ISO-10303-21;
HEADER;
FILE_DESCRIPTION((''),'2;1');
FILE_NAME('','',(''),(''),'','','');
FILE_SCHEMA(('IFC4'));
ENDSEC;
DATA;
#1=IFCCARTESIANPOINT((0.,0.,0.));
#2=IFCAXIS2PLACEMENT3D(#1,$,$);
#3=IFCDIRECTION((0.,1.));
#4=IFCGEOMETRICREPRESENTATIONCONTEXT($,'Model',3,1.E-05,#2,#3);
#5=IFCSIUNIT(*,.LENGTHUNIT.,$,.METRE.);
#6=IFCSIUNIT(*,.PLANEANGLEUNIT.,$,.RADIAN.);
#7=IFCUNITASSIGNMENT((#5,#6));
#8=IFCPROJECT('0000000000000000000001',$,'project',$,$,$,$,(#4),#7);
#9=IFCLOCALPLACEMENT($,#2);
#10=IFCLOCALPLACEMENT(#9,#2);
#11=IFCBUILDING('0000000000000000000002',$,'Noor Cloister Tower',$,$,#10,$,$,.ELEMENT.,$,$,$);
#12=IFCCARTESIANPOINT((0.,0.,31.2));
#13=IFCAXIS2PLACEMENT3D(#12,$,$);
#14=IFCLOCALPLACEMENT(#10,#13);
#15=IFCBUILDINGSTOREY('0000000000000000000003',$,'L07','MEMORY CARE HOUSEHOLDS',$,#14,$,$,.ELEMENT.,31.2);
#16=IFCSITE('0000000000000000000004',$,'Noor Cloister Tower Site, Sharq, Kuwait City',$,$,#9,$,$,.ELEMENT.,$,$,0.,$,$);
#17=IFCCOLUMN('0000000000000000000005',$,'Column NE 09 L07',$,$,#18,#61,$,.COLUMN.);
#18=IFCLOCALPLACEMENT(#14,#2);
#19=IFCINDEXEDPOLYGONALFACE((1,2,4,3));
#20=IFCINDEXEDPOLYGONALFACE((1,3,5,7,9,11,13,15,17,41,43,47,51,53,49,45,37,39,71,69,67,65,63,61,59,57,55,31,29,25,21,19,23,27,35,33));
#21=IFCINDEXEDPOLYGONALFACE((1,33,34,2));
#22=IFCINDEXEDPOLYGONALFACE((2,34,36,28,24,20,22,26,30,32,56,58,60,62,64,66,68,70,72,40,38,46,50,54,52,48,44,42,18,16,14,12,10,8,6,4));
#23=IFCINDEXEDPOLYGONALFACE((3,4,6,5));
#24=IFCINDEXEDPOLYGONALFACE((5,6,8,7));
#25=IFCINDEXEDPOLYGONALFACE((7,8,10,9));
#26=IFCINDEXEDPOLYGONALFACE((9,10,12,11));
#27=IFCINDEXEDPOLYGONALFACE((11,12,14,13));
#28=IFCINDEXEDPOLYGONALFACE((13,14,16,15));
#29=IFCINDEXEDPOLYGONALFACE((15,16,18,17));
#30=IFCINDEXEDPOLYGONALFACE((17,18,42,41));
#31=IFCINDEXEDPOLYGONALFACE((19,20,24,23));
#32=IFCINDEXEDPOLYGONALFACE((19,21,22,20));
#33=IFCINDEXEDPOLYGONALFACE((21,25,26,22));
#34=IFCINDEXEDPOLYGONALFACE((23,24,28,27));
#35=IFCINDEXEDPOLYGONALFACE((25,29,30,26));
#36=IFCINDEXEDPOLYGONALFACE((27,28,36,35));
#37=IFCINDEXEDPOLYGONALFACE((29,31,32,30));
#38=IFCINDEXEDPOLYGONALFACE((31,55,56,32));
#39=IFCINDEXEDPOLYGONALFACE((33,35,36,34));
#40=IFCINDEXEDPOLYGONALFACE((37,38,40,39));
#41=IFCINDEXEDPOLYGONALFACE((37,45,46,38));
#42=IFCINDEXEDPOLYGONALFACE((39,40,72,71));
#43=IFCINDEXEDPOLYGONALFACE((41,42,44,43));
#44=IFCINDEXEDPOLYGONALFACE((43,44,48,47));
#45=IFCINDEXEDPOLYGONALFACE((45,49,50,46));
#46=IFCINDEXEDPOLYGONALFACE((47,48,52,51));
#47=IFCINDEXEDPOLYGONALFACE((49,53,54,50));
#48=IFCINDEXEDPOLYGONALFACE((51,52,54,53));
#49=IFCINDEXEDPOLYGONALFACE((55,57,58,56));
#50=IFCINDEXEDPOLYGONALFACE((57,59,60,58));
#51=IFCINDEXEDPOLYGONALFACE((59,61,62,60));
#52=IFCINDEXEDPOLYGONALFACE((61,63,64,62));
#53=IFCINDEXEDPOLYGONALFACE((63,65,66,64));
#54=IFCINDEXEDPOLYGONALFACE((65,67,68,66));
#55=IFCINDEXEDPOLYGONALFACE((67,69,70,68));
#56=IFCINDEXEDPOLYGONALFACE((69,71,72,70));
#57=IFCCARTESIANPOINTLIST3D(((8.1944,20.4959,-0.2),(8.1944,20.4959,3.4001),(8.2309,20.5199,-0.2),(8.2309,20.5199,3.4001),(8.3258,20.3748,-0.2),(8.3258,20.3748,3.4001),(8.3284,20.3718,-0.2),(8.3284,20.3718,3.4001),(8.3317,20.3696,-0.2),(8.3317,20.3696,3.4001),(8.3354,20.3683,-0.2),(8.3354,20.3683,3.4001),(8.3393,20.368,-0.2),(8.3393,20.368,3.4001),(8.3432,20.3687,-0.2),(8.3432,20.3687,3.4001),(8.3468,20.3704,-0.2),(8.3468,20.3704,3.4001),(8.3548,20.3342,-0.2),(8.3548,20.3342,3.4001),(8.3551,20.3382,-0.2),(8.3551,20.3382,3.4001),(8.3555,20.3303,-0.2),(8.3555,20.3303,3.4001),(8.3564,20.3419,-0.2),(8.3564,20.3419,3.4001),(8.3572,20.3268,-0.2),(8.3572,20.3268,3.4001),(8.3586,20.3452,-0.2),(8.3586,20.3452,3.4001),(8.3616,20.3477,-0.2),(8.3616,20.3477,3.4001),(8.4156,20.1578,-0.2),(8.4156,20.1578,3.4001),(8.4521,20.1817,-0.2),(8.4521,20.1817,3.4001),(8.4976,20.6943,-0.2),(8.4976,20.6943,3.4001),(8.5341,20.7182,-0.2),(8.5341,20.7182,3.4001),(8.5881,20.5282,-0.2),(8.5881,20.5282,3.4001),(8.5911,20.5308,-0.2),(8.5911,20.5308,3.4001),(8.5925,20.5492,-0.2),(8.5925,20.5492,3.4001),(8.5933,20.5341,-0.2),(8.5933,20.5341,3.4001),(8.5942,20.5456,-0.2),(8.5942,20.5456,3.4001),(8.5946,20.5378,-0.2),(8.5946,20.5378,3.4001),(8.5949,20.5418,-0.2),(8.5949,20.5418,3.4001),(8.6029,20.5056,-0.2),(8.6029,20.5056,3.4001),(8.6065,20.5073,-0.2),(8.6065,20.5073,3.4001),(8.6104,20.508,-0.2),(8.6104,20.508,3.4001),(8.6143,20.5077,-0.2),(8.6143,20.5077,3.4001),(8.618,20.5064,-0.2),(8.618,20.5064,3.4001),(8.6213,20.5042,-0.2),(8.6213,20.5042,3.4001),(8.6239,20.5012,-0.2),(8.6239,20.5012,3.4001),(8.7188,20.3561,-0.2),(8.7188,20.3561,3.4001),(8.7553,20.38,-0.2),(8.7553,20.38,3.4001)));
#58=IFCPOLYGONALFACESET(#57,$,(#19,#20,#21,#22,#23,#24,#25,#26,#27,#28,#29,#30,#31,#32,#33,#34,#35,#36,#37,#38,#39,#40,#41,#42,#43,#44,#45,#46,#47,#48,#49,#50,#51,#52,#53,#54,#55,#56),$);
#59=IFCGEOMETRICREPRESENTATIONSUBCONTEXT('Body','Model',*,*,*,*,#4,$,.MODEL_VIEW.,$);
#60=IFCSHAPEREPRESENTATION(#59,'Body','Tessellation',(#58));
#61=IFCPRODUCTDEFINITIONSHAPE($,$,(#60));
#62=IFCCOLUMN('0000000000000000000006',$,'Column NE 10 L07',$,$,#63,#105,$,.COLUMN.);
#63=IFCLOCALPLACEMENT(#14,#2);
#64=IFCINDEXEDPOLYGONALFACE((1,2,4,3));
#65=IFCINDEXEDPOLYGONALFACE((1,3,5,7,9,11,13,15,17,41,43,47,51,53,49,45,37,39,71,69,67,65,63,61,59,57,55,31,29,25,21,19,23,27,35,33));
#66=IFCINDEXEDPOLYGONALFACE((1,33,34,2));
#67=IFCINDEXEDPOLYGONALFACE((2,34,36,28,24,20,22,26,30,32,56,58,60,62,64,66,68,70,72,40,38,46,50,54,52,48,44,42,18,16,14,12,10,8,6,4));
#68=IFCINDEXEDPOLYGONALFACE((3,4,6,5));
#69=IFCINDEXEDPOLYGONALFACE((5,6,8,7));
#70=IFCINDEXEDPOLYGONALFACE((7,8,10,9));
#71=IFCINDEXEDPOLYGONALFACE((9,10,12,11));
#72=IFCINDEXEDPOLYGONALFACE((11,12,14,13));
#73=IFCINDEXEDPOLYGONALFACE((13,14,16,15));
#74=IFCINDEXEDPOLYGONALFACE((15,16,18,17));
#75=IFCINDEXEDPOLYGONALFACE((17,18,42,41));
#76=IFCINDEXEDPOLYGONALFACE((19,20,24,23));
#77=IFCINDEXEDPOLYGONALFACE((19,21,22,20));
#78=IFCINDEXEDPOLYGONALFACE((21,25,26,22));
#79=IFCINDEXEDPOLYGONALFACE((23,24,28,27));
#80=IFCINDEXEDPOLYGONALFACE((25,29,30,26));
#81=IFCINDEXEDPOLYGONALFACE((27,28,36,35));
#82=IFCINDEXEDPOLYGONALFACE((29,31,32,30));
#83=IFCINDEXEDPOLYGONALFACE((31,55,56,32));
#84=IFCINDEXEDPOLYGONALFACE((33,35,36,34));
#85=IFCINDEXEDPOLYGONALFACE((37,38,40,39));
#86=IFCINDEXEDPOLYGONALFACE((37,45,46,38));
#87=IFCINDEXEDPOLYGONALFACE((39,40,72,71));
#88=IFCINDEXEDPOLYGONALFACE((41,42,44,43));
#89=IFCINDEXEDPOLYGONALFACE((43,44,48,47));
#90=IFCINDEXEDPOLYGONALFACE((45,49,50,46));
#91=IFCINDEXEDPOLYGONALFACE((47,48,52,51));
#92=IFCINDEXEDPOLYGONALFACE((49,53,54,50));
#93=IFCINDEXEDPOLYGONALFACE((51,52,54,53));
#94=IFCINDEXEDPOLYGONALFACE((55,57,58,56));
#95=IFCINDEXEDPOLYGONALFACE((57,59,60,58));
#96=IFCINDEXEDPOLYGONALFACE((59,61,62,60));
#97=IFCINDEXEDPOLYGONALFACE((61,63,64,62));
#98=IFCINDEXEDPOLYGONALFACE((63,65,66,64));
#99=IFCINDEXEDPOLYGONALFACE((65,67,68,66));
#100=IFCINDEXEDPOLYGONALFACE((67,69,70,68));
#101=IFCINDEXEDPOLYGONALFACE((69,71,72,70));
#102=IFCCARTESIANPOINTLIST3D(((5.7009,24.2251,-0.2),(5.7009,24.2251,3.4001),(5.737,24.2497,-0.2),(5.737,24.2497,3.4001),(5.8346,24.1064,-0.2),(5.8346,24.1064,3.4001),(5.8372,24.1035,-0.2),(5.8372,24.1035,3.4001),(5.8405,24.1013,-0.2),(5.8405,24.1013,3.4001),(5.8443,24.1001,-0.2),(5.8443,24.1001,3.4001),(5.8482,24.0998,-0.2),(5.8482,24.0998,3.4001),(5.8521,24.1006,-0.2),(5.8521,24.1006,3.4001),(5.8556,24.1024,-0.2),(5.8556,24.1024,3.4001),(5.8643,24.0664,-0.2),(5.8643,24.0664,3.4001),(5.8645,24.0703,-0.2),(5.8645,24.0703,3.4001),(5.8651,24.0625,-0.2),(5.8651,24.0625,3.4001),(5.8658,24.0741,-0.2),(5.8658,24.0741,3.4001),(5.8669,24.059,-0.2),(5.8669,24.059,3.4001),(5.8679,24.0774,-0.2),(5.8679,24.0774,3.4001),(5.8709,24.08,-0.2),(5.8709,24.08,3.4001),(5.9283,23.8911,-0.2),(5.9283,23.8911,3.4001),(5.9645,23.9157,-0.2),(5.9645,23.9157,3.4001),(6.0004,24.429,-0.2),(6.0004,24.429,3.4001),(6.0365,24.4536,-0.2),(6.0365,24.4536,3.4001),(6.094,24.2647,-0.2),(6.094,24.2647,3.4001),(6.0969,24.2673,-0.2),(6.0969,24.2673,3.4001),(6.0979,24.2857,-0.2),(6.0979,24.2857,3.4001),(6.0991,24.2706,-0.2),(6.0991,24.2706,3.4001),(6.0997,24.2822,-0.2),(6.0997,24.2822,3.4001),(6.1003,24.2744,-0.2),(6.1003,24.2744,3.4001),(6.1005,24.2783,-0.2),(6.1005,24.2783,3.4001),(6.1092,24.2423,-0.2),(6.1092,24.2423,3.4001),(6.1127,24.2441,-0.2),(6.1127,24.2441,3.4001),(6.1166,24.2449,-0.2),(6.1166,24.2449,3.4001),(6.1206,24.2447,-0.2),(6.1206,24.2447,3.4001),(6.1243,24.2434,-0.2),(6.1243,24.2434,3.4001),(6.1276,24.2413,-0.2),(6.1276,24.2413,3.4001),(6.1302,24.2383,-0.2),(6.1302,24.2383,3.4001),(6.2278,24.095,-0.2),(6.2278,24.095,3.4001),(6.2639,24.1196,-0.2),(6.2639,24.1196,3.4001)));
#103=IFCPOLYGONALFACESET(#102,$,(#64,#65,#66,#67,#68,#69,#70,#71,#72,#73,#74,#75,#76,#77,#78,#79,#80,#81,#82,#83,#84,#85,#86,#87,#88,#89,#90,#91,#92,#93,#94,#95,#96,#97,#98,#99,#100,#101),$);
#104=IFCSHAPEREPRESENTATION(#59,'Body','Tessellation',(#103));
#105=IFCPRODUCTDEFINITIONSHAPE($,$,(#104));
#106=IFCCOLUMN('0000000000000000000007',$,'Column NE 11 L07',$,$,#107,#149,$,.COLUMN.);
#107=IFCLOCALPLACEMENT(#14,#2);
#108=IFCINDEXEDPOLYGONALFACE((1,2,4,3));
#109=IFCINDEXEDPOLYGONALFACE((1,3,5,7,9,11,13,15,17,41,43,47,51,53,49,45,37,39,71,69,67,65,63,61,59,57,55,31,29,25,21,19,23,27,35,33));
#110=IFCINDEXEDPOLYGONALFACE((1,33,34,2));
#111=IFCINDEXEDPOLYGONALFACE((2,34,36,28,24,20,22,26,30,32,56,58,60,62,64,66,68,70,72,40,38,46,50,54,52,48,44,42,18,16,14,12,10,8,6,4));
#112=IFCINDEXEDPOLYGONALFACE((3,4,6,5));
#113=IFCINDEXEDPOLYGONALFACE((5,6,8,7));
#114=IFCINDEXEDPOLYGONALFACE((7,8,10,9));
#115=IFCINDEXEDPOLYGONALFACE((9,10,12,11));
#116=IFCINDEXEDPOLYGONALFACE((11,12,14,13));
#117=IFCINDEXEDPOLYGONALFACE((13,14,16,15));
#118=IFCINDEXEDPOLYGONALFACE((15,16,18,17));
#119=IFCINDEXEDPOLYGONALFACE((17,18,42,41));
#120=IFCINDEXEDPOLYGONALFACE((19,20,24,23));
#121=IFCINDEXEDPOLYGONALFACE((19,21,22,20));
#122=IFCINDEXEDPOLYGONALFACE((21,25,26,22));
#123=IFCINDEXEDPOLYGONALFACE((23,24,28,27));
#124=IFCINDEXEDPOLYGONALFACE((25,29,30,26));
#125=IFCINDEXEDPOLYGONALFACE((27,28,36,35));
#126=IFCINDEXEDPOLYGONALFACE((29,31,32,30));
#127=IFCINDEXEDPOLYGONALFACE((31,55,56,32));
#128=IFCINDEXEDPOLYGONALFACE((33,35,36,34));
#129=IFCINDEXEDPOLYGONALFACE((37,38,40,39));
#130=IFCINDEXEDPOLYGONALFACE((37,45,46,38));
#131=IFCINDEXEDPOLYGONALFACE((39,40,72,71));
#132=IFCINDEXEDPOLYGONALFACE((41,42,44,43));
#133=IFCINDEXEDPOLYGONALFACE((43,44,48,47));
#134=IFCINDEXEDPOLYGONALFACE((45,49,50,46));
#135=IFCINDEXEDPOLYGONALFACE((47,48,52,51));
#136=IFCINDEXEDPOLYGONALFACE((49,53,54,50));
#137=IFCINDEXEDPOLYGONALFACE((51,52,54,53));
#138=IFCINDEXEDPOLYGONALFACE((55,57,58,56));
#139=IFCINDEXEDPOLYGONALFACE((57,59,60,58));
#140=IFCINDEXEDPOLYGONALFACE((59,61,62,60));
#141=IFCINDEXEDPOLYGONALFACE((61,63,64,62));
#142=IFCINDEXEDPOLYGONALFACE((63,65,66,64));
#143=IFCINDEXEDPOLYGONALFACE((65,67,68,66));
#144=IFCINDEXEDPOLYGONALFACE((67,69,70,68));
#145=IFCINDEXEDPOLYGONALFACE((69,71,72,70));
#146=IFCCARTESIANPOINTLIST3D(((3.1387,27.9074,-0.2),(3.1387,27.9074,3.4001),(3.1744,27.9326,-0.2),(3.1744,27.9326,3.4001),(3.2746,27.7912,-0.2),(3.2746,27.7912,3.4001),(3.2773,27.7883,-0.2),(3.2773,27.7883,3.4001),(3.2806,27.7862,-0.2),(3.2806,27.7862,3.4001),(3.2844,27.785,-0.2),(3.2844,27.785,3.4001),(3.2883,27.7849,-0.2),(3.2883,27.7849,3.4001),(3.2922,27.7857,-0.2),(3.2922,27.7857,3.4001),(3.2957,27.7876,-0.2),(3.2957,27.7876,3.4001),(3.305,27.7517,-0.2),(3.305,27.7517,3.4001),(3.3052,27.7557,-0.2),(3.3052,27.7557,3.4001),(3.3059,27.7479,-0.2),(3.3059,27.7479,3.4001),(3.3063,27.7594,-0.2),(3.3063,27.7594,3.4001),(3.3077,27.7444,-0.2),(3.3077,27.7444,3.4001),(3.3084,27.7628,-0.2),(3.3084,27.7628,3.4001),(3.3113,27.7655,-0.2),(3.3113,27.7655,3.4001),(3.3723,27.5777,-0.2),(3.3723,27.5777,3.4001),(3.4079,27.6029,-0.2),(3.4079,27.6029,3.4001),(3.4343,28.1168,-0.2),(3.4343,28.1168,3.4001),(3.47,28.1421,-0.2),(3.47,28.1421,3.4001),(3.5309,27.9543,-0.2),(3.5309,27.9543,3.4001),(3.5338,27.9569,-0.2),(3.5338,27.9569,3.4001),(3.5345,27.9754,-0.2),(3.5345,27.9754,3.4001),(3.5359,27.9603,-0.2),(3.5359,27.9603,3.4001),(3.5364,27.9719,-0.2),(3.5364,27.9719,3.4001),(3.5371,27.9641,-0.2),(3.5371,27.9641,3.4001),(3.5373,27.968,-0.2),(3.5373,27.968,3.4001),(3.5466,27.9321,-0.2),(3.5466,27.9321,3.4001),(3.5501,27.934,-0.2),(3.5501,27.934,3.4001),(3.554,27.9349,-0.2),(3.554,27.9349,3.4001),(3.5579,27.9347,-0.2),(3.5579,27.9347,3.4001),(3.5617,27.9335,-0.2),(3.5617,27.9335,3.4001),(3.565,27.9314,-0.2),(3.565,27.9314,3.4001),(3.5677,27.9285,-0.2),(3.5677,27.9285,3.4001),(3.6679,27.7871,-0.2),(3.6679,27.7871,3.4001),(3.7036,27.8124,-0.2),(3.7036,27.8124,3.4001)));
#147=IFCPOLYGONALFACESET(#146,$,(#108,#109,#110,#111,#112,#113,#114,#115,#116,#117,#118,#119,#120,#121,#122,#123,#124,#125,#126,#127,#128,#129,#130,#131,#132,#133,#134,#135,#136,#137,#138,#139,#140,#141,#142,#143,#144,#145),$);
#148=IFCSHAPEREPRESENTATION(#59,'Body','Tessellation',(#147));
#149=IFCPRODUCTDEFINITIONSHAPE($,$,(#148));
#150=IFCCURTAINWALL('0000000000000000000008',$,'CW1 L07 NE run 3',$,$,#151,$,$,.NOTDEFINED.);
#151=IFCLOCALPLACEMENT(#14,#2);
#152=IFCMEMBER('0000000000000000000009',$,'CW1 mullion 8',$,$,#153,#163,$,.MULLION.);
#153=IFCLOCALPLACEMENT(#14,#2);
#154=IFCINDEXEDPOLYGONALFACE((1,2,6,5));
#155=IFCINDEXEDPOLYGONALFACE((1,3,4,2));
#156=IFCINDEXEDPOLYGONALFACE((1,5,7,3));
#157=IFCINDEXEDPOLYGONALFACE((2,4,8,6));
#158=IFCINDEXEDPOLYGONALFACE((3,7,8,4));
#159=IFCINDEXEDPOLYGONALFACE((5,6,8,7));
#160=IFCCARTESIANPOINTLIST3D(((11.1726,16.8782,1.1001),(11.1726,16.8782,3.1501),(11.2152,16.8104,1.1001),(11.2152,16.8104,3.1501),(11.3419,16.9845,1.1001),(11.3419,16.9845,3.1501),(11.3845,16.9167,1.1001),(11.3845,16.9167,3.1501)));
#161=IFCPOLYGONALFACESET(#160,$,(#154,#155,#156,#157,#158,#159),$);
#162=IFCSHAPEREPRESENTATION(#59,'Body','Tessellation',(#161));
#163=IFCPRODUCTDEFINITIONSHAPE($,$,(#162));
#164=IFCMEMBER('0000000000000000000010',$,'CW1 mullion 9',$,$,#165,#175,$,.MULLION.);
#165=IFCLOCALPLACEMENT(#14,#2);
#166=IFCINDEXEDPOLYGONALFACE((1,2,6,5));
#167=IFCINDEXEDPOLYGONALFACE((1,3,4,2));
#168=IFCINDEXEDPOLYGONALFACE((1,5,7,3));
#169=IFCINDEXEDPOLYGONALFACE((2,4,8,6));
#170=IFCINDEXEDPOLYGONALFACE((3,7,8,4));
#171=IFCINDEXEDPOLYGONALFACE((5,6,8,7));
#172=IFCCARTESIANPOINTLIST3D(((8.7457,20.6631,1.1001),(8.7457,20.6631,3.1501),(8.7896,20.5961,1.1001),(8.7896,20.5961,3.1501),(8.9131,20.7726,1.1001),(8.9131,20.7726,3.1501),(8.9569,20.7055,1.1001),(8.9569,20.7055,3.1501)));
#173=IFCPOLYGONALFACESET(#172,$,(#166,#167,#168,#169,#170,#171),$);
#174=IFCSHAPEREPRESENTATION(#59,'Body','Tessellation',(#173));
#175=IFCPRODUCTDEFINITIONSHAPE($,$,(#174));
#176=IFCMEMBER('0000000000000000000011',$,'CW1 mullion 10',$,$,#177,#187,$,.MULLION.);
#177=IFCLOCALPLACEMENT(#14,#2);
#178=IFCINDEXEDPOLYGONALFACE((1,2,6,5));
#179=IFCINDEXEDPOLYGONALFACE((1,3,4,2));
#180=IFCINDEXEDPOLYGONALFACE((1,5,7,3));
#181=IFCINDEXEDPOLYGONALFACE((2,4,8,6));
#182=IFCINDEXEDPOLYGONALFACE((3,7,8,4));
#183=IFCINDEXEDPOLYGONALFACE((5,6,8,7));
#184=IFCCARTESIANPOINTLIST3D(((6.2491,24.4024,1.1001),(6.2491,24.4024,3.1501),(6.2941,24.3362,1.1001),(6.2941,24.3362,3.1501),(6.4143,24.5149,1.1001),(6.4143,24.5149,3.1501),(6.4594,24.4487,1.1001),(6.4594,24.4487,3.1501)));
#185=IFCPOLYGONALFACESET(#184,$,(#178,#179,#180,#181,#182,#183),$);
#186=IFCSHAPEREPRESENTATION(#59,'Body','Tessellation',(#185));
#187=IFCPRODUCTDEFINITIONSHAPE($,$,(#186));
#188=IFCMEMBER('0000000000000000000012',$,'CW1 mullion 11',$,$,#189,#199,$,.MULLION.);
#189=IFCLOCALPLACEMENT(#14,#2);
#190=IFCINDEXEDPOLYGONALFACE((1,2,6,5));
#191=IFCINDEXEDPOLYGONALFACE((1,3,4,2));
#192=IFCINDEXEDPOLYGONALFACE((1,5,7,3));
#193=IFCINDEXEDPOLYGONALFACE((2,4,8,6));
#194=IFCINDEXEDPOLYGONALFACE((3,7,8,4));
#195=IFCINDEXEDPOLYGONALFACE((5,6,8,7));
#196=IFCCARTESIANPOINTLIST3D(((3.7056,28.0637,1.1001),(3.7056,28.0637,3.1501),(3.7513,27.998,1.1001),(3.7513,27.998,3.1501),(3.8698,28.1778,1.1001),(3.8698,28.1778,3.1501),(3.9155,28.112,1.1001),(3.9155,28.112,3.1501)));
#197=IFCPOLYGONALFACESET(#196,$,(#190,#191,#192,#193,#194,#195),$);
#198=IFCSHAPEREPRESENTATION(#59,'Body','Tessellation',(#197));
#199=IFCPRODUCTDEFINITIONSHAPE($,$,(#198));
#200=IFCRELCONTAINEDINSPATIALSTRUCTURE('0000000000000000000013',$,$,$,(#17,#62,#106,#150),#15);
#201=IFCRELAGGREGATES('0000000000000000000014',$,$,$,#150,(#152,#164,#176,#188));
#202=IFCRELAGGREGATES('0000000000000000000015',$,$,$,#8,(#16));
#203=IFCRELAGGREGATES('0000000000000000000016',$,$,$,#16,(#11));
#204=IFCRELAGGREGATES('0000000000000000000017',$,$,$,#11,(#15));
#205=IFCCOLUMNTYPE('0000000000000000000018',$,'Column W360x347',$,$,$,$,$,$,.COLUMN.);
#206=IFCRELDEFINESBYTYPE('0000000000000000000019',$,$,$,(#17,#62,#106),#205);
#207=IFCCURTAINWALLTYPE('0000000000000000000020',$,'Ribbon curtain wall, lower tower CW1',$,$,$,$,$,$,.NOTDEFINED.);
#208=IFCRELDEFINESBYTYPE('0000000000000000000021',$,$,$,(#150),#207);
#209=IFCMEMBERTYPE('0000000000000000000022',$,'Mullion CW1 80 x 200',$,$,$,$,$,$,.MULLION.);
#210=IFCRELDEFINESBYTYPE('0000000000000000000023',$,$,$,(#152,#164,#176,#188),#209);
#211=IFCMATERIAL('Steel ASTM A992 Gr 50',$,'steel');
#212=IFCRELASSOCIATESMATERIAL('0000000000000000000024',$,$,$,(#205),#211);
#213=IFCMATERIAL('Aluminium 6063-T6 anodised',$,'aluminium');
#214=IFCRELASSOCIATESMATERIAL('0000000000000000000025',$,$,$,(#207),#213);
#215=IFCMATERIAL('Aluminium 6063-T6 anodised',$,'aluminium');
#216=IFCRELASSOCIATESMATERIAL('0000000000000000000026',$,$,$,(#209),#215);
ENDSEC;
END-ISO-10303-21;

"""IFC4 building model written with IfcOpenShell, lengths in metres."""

from ifc_helpers import new_model, si_unit, direction, frame, origin, origin_2d, place, context, subcontext, project, spatial, rectangle, i_section, extrude, material, material_profile, profile_set, type_object, element, aggregate, save


model = new_model("IFC4")

# Units and contexts
model_context = context("Model", 3, precision=1e-05, world=origin(), true_north=direction((0.0, 1.0)))
body_context = subcontext(model_context, "Body", "Model", "MODEL_VIEW")
ifc_project = project(units=[si_unit("LENGTHUNIT", "METRE"), si_unit("PLANEANGLEUNIT", "RADIAN")], contexts=[model_context])

# Site, building, storey
site_placement = place(None, origin())
site = spatial("IfcSite", under=ifc_project, at=site_placement, Name="Noor Cloister Tower Site, Sharq, Kuwait City", CompositionType="ELEMENT", RefElevation=0.0)
building_placement = place(site_placement, origin())
building = spatial("IfcBuilding", under=site, at=building_placement, Name="Noor Cloister Tower", CompositionType="ELEMENT")
storey_placement = place(building_placement, frame((0.0, 0.0, 31.2)))
storey = spatial("IfcBuildingStorey", under=building, at=storey_placement, Name="L07", Description="MEMORY CARE HOUSEHOLDS", CompositionType="ELEMENT", Elevation=31.2)

# Columns
ifc_material_1 = material(Name="Steel ASTM A992 Gr 50", Category="steel")
ifc_material_profile_1 = material_profile(ifc_material_1, i_section(OverallWidth=0.4041, OverallDepth=0.406, WebThickness=0.0271, FlangeThickness=0.0437, FilletRadius=0.0151, at=origin_2d()), Name="W360x347")
ifc_profile_set_1 = profile_set([ifc_material_profile_1], Name="Steel ASTM A992 Gr 50")
column_type = type_object("IfcColumnType", Name="Column W360x347", PredefinedType="COLUMN", material=ifc_profile_set_1)
for number, where, z_axis, x_axis, name in (
    (1, (8.4749, 20.438, -0.2), (0.0, 0.0, 1.0), (-0.547405, 0.836868, 0.0), "Column NE 09 L07"),
    (2, (5.9824, 24.1724, -0.2), (0.0, 0.0, 1.0), (-0.562837, 0.826568, 0.0), "Column NE 10 L07"),
    (3, (3.4211, 27.8599, -0.2), (0.0, 0.0, 1.0), (-0.578076, 0.815983, 0.0), "Column NE 11 L07"),
):
    element("IfcColumn", number, at=place(storey_placement, frame(where, z_axis=z_axis, x_axis=x_axis)), inside=storey, type_object=column_type, Name=name, PredefinedType="COLUMN", context=body_context, shape_type="SweptSolid", body=[
        extrude(i_section(OverallWidth=0.4041, OverallDepth=0.406, WebThickness=0.0271, FlangeThickness=0.0437, FilletRadius=0.0151, at=origin_2d()), origin(), (0.0, 0.0, 1.0), 3.6001),
    ])

# Curtain wall, members
ifc_material_2 = material(Name="Aluminium 6063-T6 anodised", Category="aluminium")
curtain_wall_type = type_object("IfcCurtainWallType", Name="Ribbon curtain wall, lower tower CW1", PredefinedType="NOTDEFINED", material=ifc_material_2)
curtain_wall_placement = place(storey_placement, origin())
curtain_wall = element("IfcCurtainWall", 4, at=curtain_wall_placement, inside=storey, type_object=curtain_wall_type, Name="CW1 L07 NE run 3", PredefinedType="NOTDEFINED")
ifc_material_3 = material(Name="Aluminium 6063-T6 anodised", Category="aluminium")
ifc_material_profile_2 = material_profile(ifc_material_3, rectangle(XDim=0.2, YDim=0.0801, at=origin_2d()), Name="200 x 80 mullion")
ifc_profile_set_2 = profile_set([ifc_material_profile_2], Name="Aluminium 6063-T6 anodised")
member_type = type_object("IfcMemberType", Name="Mullion CW1 80 x 200", PredefinedType="MULLION", material=ifc_profile_set_2)
member_1_placement = place(storey_placement, frame((11.2786, 16.8975, 1.1001), z_axis=(0.0, 0.0, 1.0), x_axis=(-0.84688, -0.531785, 0.0)))
member_1 = element("IfcMember", 5, at=member_1_placement, type_object=member_type, Name="CW1 mullion 8", PredefinedType="MULLION", context=body_context, shape_type="SweptSolid", body=[
    extrude(rectangle(XDim=0.2, YDim=0.0801, at=origin_2d()), origin(), (0.0, 0.0, 1.0), 2.05),
])
member_2_placement = place(storey_placement, frame((8.8513, 20.6843, 1.1001), z_axis=(0.0, 0.0, 1.0), x_axis=(-0.836868, -0.547405, 0.0)))
member_2 = element("IfcMember", 6, at=member_2_placement, type_object=member_type, Name="CW1 mullion 9", PredefinedType="MULLION", context=body_context, shape_type="SweptSolid", body=[
    extrude(rectangle(XDim=0.2, YDim=0.0801, at=origin_2d()), origin(), (0.0, 0.0, 1.0), 2.05),
])
member_3_placement = place(storey_placement, frame((6.3542, 24.4255, 1.1001), z_axis=(0.0, 0.0, 1.0), x_axis=(-0.826568, -0.562837, 0.0)))
member_3 = element("IfcMember", 7, at=member_3_placement, type_object=member_type, Name="CW1 mullion 10", PredefinedType="MULLION", context=body_context, shape_type="SweptSolid", body=[
    extrude(rectangle(XDim=0.2, YDim=0.0801, at=origin_2d()), origin(), (0.0, 0.0, 1.0), 2.05),
])
member_4_placement = place(storey_placement, frame((3.8105, 28.0879, 1.1001), z_axis=(0.0, 0.0, 1.0), x_axis=(-0.821311, -0.570481, 0.0)))
member_4 = element("IfcMember", 8, at=member_4_placement, type_object=member_type, Name="CW1 mullion 11", PredefinedType="MULLION", context=body_context, shape_type="SweptSolid", body=[
    extrude(rectangle(XDim=0.2, YDim=0.0801, at=origin_2d()), origin(), (0.0, 0.0, 1.0), 2.05),
])

aggregate(curtain_wall, [member_1, member_2, member_3, member_4])

save(model, "model.ifc")
